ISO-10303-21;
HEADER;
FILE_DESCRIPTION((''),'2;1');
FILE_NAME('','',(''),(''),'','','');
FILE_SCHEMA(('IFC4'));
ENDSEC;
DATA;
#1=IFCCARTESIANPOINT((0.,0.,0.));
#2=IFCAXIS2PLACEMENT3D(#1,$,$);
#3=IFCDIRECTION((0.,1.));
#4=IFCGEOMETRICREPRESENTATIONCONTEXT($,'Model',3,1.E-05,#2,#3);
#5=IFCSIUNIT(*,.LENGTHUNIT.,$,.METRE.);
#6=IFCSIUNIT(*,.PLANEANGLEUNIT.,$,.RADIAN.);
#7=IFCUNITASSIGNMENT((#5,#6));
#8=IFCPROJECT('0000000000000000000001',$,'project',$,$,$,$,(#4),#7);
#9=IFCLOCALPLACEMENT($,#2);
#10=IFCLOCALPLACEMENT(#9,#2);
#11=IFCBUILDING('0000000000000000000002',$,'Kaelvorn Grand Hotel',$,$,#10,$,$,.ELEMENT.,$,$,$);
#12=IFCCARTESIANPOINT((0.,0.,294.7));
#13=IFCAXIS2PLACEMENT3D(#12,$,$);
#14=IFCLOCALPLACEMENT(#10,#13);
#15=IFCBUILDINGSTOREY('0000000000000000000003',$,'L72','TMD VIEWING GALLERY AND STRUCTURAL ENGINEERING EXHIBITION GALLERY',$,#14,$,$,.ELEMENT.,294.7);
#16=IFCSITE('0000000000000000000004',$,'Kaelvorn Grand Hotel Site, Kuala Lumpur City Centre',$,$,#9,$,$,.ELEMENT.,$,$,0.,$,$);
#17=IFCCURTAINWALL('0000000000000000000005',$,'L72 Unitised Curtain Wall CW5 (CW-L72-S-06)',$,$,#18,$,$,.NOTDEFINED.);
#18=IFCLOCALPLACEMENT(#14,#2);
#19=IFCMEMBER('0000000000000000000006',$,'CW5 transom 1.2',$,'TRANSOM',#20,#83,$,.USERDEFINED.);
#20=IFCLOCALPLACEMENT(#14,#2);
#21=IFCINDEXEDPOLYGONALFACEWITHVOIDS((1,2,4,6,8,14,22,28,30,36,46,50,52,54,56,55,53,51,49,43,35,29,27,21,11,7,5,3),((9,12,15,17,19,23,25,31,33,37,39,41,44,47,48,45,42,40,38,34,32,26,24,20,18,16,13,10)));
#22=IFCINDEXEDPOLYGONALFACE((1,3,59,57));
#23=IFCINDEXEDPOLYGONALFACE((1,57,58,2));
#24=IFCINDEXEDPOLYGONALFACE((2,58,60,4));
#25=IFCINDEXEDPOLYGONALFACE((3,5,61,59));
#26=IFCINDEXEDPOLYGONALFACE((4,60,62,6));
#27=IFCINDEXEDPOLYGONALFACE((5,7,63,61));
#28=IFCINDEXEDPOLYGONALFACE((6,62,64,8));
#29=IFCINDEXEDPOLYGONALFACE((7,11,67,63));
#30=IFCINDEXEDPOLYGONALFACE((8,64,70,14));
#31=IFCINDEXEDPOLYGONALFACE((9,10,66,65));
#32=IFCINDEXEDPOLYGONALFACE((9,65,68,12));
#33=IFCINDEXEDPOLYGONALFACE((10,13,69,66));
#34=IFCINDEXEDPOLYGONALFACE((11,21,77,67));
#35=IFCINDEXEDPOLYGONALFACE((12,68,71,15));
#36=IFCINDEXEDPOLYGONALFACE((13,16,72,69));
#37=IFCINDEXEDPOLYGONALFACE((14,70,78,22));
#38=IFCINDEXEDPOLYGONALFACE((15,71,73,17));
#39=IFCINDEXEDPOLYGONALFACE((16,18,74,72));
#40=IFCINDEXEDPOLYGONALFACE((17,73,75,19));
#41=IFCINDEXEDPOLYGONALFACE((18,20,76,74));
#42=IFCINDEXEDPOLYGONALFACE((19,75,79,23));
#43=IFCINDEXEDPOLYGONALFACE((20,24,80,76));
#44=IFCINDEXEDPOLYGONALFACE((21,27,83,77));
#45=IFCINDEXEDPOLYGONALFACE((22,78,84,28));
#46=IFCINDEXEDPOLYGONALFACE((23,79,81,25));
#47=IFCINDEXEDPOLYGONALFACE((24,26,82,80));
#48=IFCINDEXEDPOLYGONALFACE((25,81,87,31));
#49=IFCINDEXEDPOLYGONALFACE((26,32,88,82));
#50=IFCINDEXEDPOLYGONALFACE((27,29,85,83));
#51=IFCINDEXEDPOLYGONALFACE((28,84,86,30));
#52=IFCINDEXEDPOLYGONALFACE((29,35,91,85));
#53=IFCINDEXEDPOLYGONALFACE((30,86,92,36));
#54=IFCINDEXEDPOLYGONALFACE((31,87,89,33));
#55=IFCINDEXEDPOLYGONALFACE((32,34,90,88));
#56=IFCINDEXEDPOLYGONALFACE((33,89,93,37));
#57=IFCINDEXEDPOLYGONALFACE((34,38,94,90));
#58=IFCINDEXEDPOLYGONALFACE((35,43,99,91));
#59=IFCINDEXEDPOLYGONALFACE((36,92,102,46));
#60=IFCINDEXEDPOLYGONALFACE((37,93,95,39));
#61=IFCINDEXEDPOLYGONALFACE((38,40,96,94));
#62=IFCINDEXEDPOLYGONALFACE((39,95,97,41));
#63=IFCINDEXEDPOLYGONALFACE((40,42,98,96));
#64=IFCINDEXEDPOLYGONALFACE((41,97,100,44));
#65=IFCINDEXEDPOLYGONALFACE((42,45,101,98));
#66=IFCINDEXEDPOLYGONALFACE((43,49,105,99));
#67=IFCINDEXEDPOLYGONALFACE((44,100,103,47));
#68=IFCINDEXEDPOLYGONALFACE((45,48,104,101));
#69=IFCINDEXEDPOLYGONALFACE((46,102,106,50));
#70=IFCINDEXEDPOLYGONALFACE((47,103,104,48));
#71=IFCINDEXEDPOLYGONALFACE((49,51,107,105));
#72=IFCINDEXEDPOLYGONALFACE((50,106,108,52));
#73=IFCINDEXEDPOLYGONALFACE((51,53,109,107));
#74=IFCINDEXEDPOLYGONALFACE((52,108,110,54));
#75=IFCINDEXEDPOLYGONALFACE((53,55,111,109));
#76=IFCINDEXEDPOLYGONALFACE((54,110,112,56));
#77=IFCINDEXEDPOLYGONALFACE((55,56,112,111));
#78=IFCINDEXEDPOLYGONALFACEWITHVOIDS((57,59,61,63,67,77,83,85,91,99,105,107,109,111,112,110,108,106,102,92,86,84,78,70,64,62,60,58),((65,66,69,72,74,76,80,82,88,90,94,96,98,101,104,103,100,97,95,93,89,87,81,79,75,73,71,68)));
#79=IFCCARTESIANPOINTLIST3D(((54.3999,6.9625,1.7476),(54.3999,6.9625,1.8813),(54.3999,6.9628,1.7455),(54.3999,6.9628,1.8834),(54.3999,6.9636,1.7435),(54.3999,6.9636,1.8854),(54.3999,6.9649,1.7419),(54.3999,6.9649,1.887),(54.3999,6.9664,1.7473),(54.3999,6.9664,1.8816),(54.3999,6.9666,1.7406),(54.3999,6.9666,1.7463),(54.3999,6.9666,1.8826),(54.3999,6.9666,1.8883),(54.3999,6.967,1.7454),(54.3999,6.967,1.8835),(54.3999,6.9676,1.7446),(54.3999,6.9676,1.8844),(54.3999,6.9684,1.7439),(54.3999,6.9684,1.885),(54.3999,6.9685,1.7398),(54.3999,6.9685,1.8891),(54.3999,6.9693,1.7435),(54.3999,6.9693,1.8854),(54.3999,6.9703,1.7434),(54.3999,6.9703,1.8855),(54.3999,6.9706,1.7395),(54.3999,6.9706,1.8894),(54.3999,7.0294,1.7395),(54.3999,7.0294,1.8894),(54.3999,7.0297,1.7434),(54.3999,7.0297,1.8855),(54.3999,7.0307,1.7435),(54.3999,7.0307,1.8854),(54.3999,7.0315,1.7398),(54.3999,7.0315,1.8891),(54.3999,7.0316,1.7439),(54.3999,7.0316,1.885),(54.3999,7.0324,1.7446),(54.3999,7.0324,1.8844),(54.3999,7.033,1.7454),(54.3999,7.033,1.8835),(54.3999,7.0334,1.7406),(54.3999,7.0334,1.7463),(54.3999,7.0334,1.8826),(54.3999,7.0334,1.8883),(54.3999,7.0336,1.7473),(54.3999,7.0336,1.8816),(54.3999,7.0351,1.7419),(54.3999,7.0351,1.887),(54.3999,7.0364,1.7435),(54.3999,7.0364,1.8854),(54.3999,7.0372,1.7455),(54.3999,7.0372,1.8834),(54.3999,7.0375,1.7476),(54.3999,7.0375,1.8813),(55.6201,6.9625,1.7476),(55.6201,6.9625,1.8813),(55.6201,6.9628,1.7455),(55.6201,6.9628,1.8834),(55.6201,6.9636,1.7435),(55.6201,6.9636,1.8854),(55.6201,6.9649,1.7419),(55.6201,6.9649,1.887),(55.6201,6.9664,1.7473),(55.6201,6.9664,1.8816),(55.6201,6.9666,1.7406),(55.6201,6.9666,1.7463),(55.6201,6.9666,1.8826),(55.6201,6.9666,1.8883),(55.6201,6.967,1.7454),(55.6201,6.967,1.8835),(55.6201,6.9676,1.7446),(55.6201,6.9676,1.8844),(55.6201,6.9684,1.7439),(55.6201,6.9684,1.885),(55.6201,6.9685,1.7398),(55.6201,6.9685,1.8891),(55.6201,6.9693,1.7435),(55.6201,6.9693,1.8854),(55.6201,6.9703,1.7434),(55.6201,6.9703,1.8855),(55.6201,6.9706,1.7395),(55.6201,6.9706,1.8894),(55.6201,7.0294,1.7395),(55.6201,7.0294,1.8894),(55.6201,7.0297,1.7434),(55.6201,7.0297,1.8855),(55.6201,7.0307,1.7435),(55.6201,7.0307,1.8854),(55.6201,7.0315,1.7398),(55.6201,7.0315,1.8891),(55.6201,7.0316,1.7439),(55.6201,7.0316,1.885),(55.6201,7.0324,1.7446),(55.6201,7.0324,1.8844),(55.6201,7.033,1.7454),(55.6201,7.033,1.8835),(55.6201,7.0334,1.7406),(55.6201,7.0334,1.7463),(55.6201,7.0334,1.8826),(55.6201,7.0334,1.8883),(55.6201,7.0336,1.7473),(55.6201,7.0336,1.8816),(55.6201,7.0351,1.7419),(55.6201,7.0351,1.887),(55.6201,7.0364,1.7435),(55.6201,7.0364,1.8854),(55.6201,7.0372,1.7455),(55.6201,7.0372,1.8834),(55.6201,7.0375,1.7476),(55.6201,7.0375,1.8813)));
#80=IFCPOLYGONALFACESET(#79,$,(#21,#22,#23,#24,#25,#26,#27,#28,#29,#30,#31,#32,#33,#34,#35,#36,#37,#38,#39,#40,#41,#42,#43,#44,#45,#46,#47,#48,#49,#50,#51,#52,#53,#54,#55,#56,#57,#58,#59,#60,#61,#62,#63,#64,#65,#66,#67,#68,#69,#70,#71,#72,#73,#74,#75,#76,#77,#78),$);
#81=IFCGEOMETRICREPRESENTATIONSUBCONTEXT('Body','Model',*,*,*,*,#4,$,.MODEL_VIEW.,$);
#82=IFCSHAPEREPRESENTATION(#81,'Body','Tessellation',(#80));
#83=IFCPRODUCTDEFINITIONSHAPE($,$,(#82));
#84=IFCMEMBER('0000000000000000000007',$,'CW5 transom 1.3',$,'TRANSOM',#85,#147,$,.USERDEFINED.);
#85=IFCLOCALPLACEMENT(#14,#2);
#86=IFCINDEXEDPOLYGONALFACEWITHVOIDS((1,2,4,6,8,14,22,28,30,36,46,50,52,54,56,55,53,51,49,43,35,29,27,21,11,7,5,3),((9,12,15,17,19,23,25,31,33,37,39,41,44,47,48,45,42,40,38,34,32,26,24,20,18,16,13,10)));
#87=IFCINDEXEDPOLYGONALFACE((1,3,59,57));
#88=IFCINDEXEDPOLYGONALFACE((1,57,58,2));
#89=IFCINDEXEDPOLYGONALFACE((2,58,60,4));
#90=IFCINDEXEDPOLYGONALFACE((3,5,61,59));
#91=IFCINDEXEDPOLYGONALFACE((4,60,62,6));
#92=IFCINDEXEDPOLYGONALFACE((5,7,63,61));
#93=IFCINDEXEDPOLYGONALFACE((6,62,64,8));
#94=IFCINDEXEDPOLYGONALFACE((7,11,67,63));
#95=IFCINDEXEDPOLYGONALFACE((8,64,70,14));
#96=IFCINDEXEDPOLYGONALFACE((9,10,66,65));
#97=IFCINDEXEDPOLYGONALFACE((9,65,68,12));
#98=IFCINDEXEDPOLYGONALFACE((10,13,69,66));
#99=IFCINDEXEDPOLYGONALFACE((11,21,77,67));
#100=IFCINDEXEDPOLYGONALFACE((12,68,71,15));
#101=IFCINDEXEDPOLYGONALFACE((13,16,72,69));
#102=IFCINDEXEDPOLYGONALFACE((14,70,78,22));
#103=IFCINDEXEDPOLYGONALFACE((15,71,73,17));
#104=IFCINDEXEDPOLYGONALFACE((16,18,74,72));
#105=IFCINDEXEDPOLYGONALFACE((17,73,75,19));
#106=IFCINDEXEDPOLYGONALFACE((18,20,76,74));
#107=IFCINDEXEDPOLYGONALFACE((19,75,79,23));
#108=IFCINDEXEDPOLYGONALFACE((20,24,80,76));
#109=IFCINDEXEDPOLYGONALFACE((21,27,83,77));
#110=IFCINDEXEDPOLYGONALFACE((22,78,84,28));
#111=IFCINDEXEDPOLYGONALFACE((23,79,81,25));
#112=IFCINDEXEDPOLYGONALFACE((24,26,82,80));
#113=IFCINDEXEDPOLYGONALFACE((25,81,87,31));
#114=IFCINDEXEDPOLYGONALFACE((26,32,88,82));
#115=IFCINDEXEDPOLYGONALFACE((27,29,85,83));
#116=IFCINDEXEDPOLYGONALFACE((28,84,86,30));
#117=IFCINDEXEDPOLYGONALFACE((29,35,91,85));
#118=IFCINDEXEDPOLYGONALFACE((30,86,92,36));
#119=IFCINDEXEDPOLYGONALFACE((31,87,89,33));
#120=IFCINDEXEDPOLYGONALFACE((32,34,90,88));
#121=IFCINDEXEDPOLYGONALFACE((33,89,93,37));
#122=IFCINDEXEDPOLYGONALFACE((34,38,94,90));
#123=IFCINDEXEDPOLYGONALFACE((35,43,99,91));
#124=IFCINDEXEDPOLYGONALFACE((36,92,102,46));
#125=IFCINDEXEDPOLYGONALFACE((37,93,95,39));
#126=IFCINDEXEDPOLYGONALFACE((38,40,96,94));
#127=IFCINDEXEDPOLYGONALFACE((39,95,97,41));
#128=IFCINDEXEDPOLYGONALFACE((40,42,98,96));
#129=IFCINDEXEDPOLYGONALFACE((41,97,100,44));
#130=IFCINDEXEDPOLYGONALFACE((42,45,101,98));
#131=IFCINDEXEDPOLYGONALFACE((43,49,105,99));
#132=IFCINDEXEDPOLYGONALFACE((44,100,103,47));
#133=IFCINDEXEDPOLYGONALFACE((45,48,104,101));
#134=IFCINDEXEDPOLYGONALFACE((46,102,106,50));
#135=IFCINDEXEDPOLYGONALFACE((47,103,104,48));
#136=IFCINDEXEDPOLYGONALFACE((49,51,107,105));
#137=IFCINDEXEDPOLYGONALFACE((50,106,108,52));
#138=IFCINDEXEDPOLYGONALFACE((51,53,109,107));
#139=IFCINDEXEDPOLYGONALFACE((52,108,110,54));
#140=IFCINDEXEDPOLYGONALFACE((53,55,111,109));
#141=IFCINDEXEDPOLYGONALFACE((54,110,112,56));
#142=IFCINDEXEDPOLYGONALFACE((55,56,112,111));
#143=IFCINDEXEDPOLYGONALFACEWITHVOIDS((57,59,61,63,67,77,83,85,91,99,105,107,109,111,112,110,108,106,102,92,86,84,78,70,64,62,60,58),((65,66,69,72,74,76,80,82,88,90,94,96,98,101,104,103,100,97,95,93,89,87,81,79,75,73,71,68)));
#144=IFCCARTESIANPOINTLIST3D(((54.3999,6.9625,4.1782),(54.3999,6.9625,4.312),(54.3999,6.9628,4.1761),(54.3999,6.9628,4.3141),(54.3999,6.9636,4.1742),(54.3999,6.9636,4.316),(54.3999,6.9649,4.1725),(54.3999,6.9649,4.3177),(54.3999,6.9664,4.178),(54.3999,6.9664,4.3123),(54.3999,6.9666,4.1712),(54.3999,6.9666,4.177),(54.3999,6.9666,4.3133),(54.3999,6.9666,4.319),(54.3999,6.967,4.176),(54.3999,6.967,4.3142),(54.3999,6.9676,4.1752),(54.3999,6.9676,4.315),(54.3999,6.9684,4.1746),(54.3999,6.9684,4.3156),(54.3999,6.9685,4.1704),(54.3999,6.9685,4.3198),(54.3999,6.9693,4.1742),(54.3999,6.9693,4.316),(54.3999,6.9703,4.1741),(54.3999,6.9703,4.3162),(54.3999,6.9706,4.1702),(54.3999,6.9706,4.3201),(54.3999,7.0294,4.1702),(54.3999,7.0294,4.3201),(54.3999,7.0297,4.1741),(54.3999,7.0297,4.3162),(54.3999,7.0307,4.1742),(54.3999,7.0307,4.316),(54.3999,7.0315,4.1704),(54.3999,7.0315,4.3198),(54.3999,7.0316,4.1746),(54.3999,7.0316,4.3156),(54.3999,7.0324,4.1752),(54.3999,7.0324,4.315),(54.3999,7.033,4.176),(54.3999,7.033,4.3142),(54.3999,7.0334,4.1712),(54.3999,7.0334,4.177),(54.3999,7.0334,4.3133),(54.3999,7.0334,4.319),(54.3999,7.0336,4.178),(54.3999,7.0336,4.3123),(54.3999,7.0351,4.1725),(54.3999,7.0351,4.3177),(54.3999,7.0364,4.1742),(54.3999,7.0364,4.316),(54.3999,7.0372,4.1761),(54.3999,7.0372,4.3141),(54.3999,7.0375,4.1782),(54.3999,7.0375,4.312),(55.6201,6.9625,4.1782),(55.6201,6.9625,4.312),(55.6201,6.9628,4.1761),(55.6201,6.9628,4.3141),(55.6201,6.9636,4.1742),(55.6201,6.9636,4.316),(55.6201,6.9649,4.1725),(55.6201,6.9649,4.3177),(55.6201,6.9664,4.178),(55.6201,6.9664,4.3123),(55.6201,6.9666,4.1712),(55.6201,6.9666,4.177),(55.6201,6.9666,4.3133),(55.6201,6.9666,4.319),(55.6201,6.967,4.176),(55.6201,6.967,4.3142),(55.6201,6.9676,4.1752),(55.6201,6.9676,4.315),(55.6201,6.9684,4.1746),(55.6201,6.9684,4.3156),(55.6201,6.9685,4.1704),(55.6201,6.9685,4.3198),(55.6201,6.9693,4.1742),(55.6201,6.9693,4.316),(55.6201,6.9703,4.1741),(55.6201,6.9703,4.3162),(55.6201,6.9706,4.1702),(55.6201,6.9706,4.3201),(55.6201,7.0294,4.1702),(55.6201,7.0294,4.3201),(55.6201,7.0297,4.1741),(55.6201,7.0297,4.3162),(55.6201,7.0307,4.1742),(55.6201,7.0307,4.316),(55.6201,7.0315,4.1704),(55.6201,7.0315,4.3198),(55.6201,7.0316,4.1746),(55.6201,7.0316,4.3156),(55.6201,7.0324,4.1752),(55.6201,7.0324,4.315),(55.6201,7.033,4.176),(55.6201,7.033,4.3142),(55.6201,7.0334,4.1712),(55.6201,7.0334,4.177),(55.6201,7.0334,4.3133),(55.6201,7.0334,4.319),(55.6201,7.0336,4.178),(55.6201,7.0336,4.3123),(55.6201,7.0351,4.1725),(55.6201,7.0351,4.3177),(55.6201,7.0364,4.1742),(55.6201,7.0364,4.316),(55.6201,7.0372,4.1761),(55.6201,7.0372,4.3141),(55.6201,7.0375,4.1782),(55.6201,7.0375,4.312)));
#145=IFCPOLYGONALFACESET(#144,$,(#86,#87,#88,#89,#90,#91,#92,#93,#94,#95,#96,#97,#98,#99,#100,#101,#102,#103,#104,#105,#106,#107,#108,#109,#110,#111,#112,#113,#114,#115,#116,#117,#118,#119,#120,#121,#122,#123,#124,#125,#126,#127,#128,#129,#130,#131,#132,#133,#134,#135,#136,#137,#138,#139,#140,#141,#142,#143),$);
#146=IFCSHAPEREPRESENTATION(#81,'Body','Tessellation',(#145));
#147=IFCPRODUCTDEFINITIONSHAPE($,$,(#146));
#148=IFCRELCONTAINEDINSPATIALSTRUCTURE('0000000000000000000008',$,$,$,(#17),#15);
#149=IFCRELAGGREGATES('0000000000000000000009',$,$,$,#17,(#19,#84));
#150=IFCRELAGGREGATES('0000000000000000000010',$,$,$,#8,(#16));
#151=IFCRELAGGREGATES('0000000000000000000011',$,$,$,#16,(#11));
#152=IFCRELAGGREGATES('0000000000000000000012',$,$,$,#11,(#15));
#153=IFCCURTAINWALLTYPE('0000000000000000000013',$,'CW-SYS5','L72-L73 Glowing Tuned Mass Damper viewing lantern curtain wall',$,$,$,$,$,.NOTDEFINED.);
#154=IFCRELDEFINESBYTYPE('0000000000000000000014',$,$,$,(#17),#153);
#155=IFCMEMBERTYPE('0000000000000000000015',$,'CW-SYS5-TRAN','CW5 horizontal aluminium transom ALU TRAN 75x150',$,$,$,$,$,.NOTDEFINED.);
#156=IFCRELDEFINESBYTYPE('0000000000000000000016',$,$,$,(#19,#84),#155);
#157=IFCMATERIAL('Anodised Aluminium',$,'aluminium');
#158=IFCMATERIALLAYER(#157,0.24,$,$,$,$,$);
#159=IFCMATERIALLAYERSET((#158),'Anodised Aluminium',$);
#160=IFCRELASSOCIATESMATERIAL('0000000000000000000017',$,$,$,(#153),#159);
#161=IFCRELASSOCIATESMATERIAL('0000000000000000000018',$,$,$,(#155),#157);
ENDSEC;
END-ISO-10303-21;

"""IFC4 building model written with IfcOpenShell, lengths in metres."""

from ifc_helpers import new_model, si_unit, direction, frame, origin, origin_2d, place, context, subcontext, project, spatial, hollow_rectangle, extrude, material, layer, layer_set, material_profile, profile_set, type_object, element, aggregate, save


model = new_model("IFC4")

# Units and contexts
model_context = context("Model", 3, precision=1e-05, world=origin(), true_north=direction((0.0, 1.0)))
body_context = subcontext(model_context, "Body", "Model", "MODEL_VIEW")
ifc_project = project(units=[si_unit("LENGTHUNIT", "METRE"), si_unit("PLANEANGLEUNIT", "RADIAN")], contexts=[model_context])

# Site, building, storey
site_placement = place(None, origin())
site = spatial("IfcSite", under=ifc_project, at=site_placement, Name="Kaelvorn Grand Hotel Site, Kuala Lumpur City Centre", CompositionType="ELEMENT", RefElevation=0.0)
building_placement = place(site_placement, origin())
building = spatial("IfcBuilding", under=site, at=building_placement, Name="Kaelvorn Grand Hotel", CompositionType="ELEMENT")
storey_placement = place(building_placement, frame((0.0, 0.0, 294.7)))
storey = spatial("IfcBuildingStorey", under=building, at=storey_placement, Name="L72", Description="TMD VIEWING GALLERY AND STRUCTURAL ENGINEERING EXHIBITION GALLERY", CompositionType="ELEMENT", Elevation=294.7)

# Curtain wall, members
ifc_material_1 = material(Name="Anodised Aluminium", Category="aluminium")
ifc_layer_1 = layer(ifc_material_1, 0.24)
ifc_layer_set_1 = layer_set([ifc_layer_1], Name="Anodised Aluminium")
curtain_wall_type = type_object("IfcCurtainWallType", Name="CW-SYS5", Description="L72-L73 Glowing Tuned Mass Damper viewing lantern curtain wall", PredefinedType="NOTDEFINED", material=ifc_layer_set_1)
curtain_wall_placement = place(storey_placement, origin())
curtain_wall = element("IfcCurtainWall", 1, at=curtain_wall_placement, inside=storey, type_object=curtain_wall_type, Name="L72 Unitised Curtain Wall CW5 (CW-L72-S-06)", PredefinedType="NOTDEFINED")
ifc_material_profile_1 = material_profile(ifc_material_1, hollow_rectangle(XDim=0.075, YDim=0.1499, WallThickness=0.0039, InnerFilletRadius=0.0039, OuterFilletRadius=0.0081, at=origin_2d()), Name="ALU TRAN 75x150")
ifc_profile_set_1 = profile_set([ifc_material_profile_1], Name="Anodised Aluminium")
member_type_1 = type_object("IfcMemberType", Name="CW-SYS5-TRAN", Description="CW5 horizontal aluminium transom ALU TRAN 75x150", PredefinedType="NOTDEFINED", material=ifc_profile_set_1)
member_1_placement = place(storey_placement, frame((54.3999, 7.0, 1.8145), z_axis=(1.0, 0.0, 0.0), x_axis=(0.0, 1.0, 0.0)))
member_1 = element("IfcMember", 2, at=member_1_placement, type_object=member_type_1, Name="CW5 transom 1.2", ObjectType="TRANSOM", PredefinedType="USERDEFINED", context=body_context, shape_type="SweptSolid", body=[
    extrude(hollow_rectangle(XDim=0.075, YDim=0.1499, WallThickness=0.0039, InnerFilletRadius=0.0039, OuterFilletRadius=0.0081, at=origin_2d()), origin(), (0.0, 0.0, 1.0), 1.2202),
])
member_2_placement = place(storey_placement, frame((54.3999, 7.0, 4.2451), z_axis=(1.0, 0.0, 0.0), x_axis=(0.0, 1.0, 0.0)))
member_2 = element("IfcMember", 3, at=member_2_placement, type_object=member_type_1, Name="CW5 transom 1.3", ObjectType="TRANSOM", PredefinedType="USERDEFINED", context=body_context, shape_type="SweptSolid", body=[
    extrude(hollow_rectangle(XDim=0.075, YDim=0.1499, WallThickness=0.0039, InnerFilletRadius=0.0039, OuterFilletRadius=0.0081, at=origin_2d()), origin(), (0.0, 0.0, 1.0), 1.2202),
])
aggregate(curtain_wall, [member_1, member_2])

save(model, "model.ifc")
